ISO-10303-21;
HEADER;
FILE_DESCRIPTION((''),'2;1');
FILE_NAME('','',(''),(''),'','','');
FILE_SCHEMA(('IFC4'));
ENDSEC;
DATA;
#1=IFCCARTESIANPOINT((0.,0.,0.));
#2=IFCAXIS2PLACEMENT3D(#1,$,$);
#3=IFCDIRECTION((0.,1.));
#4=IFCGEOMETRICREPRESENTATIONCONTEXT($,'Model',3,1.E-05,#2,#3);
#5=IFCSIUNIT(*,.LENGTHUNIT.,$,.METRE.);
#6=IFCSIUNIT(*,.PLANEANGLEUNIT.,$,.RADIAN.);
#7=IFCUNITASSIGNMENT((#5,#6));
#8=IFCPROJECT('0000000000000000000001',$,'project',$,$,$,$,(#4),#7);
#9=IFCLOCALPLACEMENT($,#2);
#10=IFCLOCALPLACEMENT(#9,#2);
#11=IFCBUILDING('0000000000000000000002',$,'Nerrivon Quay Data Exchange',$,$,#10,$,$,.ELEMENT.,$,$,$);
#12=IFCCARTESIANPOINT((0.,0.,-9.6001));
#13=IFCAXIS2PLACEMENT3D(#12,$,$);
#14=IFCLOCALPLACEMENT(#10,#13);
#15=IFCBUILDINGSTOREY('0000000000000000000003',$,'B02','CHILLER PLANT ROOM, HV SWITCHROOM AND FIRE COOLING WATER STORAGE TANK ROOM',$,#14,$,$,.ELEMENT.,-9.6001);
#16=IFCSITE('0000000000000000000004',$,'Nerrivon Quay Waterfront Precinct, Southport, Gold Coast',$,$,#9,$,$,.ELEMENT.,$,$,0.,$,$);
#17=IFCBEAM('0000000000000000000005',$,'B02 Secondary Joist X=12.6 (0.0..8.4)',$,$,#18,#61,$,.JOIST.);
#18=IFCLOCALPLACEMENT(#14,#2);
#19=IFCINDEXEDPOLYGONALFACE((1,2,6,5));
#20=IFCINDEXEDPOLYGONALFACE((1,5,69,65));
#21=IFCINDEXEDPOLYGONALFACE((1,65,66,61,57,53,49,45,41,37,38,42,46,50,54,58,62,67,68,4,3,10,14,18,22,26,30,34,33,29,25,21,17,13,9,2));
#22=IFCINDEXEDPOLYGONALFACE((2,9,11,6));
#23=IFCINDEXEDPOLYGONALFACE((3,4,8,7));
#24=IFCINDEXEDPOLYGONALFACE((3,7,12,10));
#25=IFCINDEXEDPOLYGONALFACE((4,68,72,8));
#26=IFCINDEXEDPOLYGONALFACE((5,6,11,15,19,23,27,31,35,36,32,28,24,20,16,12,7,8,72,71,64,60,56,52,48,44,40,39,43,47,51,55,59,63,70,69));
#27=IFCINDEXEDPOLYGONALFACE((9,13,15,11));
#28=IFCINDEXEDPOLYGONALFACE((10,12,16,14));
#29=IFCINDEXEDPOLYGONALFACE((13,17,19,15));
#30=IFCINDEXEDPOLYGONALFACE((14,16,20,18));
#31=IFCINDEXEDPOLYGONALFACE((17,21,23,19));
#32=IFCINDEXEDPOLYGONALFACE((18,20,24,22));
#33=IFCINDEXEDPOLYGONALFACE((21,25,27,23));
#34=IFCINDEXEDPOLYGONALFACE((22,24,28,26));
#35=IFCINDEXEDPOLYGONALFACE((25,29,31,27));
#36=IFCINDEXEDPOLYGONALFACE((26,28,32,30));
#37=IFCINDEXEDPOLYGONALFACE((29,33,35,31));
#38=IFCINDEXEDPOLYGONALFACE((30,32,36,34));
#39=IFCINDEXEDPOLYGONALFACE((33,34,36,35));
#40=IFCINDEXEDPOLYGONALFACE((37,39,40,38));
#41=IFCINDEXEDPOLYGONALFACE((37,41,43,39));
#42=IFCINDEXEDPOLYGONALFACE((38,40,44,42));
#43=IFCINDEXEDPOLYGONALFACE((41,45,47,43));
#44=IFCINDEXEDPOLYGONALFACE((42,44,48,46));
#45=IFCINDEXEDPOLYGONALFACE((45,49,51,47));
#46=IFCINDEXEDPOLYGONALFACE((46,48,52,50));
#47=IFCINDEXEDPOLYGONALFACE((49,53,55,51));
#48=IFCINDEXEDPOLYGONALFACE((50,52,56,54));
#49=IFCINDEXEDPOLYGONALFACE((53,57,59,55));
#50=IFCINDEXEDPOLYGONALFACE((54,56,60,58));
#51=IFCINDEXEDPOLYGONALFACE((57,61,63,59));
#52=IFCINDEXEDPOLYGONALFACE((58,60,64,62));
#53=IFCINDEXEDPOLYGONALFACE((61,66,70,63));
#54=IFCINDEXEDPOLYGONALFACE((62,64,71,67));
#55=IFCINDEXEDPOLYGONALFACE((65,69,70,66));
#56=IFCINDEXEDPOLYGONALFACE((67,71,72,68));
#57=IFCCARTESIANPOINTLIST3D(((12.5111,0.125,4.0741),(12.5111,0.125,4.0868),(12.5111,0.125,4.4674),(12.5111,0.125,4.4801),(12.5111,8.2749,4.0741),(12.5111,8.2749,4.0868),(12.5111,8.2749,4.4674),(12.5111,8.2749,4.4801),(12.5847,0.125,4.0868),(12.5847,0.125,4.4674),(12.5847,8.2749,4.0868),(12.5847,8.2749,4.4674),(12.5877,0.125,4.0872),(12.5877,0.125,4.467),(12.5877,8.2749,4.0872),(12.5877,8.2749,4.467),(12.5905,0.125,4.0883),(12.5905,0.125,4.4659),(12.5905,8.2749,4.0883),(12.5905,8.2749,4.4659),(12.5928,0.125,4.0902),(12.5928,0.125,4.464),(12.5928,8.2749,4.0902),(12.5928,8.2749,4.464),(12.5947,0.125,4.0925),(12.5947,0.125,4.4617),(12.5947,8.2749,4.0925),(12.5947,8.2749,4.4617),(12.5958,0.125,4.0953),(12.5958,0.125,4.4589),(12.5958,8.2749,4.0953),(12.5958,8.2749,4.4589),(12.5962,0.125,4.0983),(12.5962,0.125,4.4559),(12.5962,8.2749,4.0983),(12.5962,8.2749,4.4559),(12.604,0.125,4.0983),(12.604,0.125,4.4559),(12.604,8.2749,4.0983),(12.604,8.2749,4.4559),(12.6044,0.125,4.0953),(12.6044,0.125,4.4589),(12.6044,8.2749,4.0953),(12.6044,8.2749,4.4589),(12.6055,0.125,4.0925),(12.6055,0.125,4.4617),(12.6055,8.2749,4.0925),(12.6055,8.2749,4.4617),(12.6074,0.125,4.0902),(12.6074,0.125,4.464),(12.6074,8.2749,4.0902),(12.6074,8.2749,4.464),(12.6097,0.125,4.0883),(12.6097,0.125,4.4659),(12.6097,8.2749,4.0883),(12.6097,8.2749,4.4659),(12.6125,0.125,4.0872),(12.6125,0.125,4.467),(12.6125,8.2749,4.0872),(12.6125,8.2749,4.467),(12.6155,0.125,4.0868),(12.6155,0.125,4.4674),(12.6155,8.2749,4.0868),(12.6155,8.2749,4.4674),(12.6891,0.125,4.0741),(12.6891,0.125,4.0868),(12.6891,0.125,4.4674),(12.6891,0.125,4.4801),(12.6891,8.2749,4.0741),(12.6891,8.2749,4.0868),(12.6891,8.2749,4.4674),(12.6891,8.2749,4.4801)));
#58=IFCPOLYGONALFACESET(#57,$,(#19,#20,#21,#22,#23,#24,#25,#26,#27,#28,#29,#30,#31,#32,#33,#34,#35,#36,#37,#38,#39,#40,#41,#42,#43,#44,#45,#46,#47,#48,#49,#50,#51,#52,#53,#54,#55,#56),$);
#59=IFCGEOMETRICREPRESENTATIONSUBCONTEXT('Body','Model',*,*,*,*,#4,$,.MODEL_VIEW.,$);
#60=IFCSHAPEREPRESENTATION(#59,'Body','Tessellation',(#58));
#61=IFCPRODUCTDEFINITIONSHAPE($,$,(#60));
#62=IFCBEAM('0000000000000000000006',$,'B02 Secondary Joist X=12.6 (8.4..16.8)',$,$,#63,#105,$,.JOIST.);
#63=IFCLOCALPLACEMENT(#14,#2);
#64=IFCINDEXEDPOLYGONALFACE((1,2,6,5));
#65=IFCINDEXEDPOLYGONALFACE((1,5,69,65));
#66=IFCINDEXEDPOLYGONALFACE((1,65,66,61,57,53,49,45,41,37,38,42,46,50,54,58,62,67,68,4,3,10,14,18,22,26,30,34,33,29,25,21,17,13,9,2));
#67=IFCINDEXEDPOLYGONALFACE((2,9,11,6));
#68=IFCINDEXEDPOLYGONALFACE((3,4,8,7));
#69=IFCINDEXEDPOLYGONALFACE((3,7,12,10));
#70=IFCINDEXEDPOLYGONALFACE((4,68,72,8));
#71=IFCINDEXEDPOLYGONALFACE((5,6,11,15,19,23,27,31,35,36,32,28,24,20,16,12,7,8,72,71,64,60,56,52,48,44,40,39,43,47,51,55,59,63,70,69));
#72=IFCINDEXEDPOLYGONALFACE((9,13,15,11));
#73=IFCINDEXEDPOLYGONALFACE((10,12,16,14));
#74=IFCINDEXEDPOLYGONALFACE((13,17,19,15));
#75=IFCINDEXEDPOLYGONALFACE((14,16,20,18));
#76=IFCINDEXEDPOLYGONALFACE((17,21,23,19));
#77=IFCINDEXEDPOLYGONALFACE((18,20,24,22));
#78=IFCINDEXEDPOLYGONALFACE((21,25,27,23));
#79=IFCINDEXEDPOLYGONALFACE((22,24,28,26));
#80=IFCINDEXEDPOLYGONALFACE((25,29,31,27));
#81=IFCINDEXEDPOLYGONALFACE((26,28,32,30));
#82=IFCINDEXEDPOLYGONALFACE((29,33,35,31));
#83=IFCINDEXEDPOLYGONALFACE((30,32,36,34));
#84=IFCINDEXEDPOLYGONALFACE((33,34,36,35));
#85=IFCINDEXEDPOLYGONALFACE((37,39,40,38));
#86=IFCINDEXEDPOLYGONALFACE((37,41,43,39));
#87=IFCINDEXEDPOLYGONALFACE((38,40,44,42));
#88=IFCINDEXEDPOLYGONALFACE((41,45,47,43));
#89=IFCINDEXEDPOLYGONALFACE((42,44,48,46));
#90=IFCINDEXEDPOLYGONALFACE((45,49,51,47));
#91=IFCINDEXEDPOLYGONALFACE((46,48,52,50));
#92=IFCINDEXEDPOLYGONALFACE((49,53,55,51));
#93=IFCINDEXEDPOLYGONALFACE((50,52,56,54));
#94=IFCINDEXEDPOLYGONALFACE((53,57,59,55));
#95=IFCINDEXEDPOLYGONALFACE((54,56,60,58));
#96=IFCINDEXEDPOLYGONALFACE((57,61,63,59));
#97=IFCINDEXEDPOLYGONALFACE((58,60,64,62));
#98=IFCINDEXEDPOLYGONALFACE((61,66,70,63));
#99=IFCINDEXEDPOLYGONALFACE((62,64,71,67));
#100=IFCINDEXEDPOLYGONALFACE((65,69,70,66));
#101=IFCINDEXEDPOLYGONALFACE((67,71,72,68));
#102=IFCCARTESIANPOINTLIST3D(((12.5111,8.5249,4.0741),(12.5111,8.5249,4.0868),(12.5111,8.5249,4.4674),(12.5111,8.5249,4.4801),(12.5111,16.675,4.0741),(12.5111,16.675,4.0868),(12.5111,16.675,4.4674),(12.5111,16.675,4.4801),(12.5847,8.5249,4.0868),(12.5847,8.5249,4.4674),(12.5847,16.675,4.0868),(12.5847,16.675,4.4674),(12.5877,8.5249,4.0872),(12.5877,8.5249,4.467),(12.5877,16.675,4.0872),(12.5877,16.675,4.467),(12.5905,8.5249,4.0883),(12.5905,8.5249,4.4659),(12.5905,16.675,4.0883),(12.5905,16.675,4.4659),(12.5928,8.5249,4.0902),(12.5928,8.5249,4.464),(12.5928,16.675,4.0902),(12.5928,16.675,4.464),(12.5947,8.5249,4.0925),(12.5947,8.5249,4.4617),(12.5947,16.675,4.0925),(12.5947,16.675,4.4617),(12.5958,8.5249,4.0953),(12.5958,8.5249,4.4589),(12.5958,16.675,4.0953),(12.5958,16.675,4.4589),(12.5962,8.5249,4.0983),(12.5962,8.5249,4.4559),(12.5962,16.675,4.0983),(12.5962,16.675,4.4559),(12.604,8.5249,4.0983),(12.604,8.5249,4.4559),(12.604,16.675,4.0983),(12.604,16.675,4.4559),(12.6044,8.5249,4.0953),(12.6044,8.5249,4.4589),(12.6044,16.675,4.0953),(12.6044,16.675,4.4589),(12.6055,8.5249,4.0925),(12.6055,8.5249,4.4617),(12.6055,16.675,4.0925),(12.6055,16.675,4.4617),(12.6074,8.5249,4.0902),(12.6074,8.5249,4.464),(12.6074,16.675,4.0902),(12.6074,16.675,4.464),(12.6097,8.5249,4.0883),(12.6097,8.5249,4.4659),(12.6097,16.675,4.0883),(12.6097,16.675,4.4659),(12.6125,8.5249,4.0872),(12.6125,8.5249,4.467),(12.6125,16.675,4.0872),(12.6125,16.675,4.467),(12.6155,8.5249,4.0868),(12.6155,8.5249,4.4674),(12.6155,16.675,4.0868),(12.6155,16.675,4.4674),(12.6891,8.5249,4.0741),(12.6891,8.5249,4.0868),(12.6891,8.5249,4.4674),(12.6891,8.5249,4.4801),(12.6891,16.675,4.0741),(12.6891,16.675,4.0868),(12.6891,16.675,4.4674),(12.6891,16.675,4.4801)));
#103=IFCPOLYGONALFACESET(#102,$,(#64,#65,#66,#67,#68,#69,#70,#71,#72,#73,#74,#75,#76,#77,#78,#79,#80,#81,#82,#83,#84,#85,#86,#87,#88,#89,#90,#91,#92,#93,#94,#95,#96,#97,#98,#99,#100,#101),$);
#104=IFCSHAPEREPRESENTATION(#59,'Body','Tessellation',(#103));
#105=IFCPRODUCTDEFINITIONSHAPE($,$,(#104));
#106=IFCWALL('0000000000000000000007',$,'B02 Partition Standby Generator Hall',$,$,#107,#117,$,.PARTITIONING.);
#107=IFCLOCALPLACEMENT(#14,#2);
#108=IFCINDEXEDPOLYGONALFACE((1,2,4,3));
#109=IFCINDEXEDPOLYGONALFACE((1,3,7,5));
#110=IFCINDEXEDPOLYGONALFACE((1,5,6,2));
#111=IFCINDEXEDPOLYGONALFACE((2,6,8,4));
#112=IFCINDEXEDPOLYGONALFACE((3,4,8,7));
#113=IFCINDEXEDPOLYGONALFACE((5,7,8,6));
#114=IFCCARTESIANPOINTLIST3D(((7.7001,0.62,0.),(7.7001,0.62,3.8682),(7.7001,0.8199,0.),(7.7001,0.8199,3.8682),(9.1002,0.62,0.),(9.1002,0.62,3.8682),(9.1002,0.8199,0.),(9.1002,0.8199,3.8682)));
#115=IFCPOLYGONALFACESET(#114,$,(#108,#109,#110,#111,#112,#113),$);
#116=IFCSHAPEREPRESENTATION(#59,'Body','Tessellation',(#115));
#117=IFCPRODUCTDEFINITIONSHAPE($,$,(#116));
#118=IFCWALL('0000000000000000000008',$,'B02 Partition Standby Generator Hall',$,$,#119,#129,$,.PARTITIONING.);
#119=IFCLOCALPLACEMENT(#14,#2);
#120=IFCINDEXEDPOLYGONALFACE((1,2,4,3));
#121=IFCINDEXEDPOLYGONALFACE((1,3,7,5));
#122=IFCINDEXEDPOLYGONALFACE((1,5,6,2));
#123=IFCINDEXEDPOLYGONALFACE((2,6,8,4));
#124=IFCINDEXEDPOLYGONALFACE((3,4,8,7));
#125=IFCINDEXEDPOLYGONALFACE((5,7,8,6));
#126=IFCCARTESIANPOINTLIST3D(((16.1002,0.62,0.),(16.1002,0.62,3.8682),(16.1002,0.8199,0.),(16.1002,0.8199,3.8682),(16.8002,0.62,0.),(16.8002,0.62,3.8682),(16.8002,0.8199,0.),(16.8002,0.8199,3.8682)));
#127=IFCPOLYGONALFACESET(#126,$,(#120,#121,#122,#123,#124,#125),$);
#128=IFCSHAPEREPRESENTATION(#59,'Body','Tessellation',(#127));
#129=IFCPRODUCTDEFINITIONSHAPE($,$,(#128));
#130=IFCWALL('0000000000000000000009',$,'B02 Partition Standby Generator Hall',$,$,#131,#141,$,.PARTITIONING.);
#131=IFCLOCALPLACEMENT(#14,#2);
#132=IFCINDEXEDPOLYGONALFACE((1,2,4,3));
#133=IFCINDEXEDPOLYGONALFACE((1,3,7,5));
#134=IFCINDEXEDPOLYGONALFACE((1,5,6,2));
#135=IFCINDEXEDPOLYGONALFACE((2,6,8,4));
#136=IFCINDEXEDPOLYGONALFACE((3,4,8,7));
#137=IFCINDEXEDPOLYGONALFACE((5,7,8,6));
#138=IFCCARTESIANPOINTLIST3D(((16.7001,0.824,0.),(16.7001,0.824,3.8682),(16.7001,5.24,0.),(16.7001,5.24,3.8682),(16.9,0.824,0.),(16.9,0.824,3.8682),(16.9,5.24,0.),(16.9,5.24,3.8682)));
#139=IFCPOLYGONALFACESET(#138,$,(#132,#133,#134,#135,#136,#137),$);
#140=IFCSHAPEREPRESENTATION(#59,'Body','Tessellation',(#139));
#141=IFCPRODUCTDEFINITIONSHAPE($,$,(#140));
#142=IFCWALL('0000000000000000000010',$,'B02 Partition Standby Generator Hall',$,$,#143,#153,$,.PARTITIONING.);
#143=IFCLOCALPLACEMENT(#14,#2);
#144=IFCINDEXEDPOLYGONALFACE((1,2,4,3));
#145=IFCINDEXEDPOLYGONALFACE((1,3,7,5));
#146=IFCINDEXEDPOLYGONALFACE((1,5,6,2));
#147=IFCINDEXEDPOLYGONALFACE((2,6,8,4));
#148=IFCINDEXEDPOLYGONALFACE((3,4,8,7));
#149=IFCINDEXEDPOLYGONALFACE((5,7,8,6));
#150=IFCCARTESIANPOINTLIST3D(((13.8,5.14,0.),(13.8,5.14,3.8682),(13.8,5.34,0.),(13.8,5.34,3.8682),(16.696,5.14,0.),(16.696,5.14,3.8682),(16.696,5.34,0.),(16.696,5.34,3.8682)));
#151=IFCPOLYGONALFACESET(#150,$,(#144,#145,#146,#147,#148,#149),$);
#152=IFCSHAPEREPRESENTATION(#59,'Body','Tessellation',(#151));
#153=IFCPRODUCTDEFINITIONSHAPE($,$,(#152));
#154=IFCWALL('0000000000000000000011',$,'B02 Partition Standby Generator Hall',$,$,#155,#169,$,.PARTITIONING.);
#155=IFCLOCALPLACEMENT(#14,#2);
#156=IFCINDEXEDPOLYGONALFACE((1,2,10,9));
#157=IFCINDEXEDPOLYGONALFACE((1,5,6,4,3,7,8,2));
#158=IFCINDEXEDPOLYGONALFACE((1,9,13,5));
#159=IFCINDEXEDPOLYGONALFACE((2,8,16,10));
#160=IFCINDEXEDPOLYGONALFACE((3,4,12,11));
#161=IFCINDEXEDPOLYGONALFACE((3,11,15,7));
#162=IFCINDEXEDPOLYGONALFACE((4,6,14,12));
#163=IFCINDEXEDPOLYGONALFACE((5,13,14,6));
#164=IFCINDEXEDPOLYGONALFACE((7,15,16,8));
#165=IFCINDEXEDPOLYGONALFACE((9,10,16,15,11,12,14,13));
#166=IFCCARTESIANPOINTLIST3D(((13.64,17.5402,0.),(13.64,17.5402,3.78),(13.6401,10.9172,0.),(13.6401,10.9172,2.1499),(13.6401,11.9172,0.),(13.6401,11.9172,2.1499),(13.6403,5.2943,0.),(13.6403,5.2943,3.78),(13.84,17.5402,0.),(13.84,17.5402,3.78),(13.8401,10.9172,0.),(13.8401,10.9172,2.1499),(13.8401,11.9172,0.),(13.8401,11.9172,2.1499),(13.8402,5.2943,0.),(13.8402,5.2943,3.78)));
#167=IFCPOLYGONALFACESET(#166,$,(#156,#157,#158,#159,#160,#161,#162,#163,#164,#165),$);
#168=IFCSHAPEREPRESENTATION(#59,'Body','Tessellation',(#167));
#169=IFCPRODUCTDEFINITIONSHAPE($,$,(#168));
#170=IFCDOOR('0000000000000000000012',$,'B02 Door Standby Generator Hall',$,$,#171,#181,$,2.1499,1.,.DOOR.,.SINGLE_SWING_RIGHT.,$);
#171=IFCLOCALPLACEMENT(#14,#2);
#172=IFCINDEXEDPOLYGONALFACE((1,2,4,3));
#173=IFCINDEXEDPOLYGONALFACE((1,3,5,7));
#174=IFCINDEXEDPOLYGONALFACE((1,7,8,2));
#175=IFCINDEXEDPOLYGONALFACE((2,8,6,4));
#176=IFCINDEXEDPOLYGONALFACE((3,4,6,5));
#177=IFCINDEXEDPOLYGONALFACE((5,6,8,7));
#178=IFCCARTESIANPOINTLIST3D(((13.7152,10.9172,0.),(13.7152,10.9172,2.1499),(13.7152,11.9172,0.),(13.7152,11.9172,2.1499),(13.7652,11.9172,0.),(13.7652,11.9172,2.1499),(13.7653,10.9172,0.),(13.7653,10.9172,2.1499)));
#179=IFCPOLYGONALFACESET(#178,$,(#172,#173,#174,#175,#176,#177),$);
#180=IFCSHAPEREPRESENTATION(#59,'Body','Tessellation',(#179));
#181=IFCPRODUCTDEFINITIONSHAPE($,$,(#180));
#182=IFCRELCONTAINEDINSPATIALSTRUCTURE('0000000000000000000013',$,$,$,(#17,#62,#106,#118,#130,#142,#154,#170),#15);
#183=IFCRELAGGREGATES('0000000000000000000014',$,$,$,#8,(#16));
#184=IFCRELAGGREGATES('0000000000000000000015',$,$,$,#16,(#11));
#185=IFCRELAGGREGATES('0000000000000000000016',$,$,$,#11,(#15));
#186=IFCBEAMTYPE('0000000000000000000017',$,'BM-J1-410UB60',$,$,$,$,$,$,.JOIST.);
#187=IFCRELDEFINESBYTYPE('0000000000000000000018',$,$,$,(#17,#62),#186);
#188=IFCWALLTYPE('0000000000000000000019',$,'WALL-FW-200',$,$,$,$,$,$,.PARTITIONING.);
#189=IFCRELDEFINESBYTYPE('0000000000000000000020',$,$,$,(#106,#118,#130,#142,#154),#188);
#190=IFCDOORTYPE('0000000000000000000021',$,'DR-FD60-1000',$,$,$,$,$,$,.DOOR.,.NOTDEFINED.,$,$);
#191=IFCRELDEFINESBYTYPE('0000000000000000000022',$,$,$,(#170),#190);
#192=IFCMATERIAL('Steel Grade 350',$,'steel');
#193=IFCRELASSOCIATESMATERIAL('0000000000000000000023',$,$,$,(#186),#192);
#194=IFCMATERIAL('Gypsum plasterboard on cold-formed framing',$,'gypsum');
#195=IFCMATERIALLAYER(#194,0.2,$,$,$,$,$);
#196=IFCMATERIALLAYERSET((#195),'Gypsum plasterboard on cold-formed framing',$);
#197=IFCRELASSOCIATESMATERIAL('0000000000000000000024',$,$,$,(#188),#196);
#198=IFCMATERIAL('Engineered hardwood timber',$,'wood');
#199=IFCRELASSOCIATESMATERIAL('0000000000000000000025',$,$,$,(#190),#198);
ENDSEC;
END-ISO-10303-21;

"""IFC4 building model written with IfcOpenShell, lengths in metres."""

from ifc_helpers import new_model, si_unit, direction, frame, frame_2d, origin, origin_2d, place, context, subcontext, project, spatial, rectangle, i_section, extrude, material, layer, layer_set, material_profile, profile_set, type_object, element, fill, save


model = new_model("IFC4")

# Units and contexts
model_context = context("Model", 3, precision=1e-05, world=origin(), true_north=direction((0.0, 1.0)))
body_context = subcontext(model_context, "Body", "Model", "MODEL_VIEW")
ifc_project = project(units=[si_unit("LENGTHUNIT", "METRE"), si_unit("PLANEANGLEUNIT", "RADIAN")], contexts=[model_context])

# Site, building, storey
site_placement = place(None, origin())
site = spatial("IfcSite", under=ifc_project, at=site_placement, Name="Nerrivon Quay Waterfront Precinct, Southport, Gold Coast", CompositionType="ELEMENT", RefElevation=0.0)
building_placement = place(site_placement, origin())
building = spatial("IfcBuilding", under=site, at=building_placement, Name="Nerrivon Quay Data Exchange", CompositionType="ELEMENT")
storey_placement = place(building_placement, frame((0.0, 0.0, -9.6001)))
storey = spatial("IfcBuildingStorey", under=building, at=storey_placement, Name="B02", Description="CHILLER PLANT ROOM, HV SWITCHROOM AND FIRE COOLING WATER STORAGE TANK ROOM", CompositionType="ELEMENT", Elevation=-9.6001)

# Beams
ifc_material_1 = material(Name="Steel Grade 350", Category="steel")
ifc_material_profile_1 = material_profile(ifc_material_1, i_section(OverallWidth=0.178, OverallDepth=0.406, WebThickness=0.0078, FlangeThickness=0.0127, FilletRadius=0.0115, at=origin_2d()), Name="410UB59.7")
ifc_profile_set_1 = profile_set([ifc_material_profile_1], Name="Steel Grade 350")
beam_type_1 = type_object("IfcBeamType", Name="BM-J1-410UB60", PredefinedType="JOIST", material=ifc_profile_set_1)
beam_1_placement = place(storey_placement, frame((12.6001, 0.125, 4.2771), z_axis=(0.0, 1.0, 0.0), x_axis=(-1.0, 0.0, 0.0)))
element("IfcBeam", 1, at=beam_1_placement, inside=storey, type_object=beam_type_1, Name="B02 Secondary Joist X=12.6 (0.0..8.4)", PredefinedType="JOIST", context=body_context, shape_type="SweptSolid", body=[
    extrude(i_section(OverallWidth=0.178, OverallDepth=0.406, WebThickness=0.0078, FlangeThickness=0.0127, FilletRadius=0.0115, at=origin_2d()), origin(), (0.0, 0.0, 1.0), 8.1499),
])
beam_2_placement = place(storey_placement, frame((12.6001, 8.5249, 4.2771), z_axis=(0.0, 1.0, 0.0), x_axis=(-1.0, 0.0, 0.0)))
element("IfcBeam", 2, at=beam_2_placement, inside=storey, type_object=beam_type_1, Name="B02 Secondary Joist X=12.6 (8.4..16.8)", PredefinedType="JOIST", context=body_context, shape_type="SweptSolid", body=[
    extrude(i_section(OverallWidth=0.178, OverallDepth=0.406, WebThickness=0.0078, FlangeThickness=0.0127, FilletRadius=0.0115, at=origin_2d()), origin(), (0.0, 0.0, 1.0), 8.1501),
])

# Walls
ifc_material_2 = material(Name="Gypsum plasterboard on cold-formed framing", Category="gypsum")
ifc_layer_1 = layer(ifc_material_2, 0.2)
ifc_layer_set_1 = layer_set([ifc_layer_1], Name="Gypsum plasterboard on cold-formed framing")
wall_type_1 = type_object("IfcWallType", Name="WALL-FW-200", PredefinedType="PARTITIONING", material=ifc_layer_set_1)
wall_1_placement = place(storey_placement, frame((7.7, 0.72, 0.0), z_axis=(0.0, 0.0, 1.0), x_axis=(1.0, 0.0, 0.0)))
element("IfcWall", 3, at=wall_1_placement, inside=storey, type_object=wall_type_1, Name="B02 Partition Standby Generator Hall", PredefinedType="PARTITIONING", context=body_context, shape_type="SweptSolid", body=[
    extrude(rectangle(XDim=1.4001, YDim=0.2, at=frame_2d((0.7002, 0.0))), origin(), (0.0, 0.0, 1.0), 3.8682),
])
wall_2_placement = place(storey_placement, frame((16.1001, 0.72, 0.0), z_axis=(0.0, 0.0, 1.0), x_axis=(1.0, 0.0, 0.0)))
element("IfcWall", 4, at=wall_2_placement, inside=storey, type_object=wall_type_1, Name="B02 Partition Standby Generator Hall", PredefinedType="PARTITIONING", context=body_context, shape_type="SweptSolid", body=[
    extrude(rectangle(XDim=0.7, YDim=0.2, at=frame_2d((0.3501, 0.0))), origin(), (0.0, 0.0, 1.0), 3.8682),
])
wall_3_placement = place(storey_placement, frame((16.8, 0.824, 0.0), z_axis=(0.0, 0.0, 1.0), x_axis=(0.0, 1.0, 0.0)))
element("IfcWall", 5, at=wall_3_placement, inside=storey, type_object=wall_type_1, Name="B02 Partition Standby Generator Hall", PredefinedType="PARTITIONING", context=body_context, shape_type="SweptSolid", body=[
    extrude(rectangle(XDim=4.416, YDim=0.2, at=frame_2d((2.208, 0.0))), origin(), (0.0, 0.0, 1.0), 3.8682),
])
wall_4_placement = place(storey_placement, frame((16.696, 5.24, 0.0), z_axis=(0.0, 0.0, 1.0), x_axis=(-1.0, 0.0, 0.0)))
element("IfcWall", 6, at=wall_4_placement, inside=storey, type_object=wall_type_1, Name="B02 Partition Standby Generator Hall", PredefinedType="PARTITIONING", context=body_context, shape_type="SweptSolid", body=[
    extrude(rectangle(XDim=2.896, YDim=0.2, at=frame_2d((1.448, 0.0))), origin(), (0.0, 0.0, 1.0), 3.8682),
])

# Wall, opening, door
wall_5_placement = place(storey_placement, frame((13.7402, 5.2942, 0.0), z_axis=(0.0, 0.0, 1.0), x_axis=(-0.00002, 1.0, 0.0)))
wall_5 = element("IfcWall", 7, at=wall_5_placement, inside=storey, type_object=wall_type_1, Name="B02 Partition Standby Generator Hall", PredefinedType="PARTITIONING", context=body_context, shape_type="SweptSolid", body=[
    extrude(rectangle(XDim=12.2458, YDim=0.2, at=frame_2d((6.123, 0.0))), origin(), (0.0, 0.0, 1.0), 3.78),
])
opening_placement = place(wall_5_placement, frame((5.623, 0.0, 0.0)))
opening = element("IfcOpeningElement", 8, at=opening_placement, cuts=wall_5, PredefinedType="OPENING", context=body_context, shape_type="SweptSolid", body=[
    extrude(rectangle(XDim=1.0, YDim=2.1499, at=frame_2d((0.5, 1.075))), frame((0.0, 0.1099, 0.0), z_axis=(0.0, -1.0, 0.0), x_axis=(1.0, 0.0, 0.0)), (0.0, 0.0, 1.0), 0.22),
])
ifc_material_3 = material(Name="Engineered hardwood timber", Category="wood")
door_type = type_object("IfcDoorType", Name="DR-FD60-1000", OperationType="NOTDEFINED", PredefinedType="DOOR", material=ifc_material_3)
door_placement = place(opening_placement, origin())
door = element("IfcDoor", 9, at=door_placement, inside=storey, type_object=door_type, Name="B02 Door Standby Generator Hall", OperationType="SINGLE_SWING_RIGHT", OverallHeight=2.1499, OverallWidth=1.0, PredefinedType="DOOR", context=body_context, shape_type="SweptSolid", body=[
    extrude(rectangle(XDim=1.0, YDim=2.1499, at=frame_2d((0.5, 1.075))), frame((0.0, 0.0249, 0.0), z_axis=(0.0, -1.0, 0.0), x_axis=(1.0, 0.0, 0.0)), (0.0, 0.0, 1.0), 0.05),
])
fill(opening, door)

save(model, "model.ifc")
